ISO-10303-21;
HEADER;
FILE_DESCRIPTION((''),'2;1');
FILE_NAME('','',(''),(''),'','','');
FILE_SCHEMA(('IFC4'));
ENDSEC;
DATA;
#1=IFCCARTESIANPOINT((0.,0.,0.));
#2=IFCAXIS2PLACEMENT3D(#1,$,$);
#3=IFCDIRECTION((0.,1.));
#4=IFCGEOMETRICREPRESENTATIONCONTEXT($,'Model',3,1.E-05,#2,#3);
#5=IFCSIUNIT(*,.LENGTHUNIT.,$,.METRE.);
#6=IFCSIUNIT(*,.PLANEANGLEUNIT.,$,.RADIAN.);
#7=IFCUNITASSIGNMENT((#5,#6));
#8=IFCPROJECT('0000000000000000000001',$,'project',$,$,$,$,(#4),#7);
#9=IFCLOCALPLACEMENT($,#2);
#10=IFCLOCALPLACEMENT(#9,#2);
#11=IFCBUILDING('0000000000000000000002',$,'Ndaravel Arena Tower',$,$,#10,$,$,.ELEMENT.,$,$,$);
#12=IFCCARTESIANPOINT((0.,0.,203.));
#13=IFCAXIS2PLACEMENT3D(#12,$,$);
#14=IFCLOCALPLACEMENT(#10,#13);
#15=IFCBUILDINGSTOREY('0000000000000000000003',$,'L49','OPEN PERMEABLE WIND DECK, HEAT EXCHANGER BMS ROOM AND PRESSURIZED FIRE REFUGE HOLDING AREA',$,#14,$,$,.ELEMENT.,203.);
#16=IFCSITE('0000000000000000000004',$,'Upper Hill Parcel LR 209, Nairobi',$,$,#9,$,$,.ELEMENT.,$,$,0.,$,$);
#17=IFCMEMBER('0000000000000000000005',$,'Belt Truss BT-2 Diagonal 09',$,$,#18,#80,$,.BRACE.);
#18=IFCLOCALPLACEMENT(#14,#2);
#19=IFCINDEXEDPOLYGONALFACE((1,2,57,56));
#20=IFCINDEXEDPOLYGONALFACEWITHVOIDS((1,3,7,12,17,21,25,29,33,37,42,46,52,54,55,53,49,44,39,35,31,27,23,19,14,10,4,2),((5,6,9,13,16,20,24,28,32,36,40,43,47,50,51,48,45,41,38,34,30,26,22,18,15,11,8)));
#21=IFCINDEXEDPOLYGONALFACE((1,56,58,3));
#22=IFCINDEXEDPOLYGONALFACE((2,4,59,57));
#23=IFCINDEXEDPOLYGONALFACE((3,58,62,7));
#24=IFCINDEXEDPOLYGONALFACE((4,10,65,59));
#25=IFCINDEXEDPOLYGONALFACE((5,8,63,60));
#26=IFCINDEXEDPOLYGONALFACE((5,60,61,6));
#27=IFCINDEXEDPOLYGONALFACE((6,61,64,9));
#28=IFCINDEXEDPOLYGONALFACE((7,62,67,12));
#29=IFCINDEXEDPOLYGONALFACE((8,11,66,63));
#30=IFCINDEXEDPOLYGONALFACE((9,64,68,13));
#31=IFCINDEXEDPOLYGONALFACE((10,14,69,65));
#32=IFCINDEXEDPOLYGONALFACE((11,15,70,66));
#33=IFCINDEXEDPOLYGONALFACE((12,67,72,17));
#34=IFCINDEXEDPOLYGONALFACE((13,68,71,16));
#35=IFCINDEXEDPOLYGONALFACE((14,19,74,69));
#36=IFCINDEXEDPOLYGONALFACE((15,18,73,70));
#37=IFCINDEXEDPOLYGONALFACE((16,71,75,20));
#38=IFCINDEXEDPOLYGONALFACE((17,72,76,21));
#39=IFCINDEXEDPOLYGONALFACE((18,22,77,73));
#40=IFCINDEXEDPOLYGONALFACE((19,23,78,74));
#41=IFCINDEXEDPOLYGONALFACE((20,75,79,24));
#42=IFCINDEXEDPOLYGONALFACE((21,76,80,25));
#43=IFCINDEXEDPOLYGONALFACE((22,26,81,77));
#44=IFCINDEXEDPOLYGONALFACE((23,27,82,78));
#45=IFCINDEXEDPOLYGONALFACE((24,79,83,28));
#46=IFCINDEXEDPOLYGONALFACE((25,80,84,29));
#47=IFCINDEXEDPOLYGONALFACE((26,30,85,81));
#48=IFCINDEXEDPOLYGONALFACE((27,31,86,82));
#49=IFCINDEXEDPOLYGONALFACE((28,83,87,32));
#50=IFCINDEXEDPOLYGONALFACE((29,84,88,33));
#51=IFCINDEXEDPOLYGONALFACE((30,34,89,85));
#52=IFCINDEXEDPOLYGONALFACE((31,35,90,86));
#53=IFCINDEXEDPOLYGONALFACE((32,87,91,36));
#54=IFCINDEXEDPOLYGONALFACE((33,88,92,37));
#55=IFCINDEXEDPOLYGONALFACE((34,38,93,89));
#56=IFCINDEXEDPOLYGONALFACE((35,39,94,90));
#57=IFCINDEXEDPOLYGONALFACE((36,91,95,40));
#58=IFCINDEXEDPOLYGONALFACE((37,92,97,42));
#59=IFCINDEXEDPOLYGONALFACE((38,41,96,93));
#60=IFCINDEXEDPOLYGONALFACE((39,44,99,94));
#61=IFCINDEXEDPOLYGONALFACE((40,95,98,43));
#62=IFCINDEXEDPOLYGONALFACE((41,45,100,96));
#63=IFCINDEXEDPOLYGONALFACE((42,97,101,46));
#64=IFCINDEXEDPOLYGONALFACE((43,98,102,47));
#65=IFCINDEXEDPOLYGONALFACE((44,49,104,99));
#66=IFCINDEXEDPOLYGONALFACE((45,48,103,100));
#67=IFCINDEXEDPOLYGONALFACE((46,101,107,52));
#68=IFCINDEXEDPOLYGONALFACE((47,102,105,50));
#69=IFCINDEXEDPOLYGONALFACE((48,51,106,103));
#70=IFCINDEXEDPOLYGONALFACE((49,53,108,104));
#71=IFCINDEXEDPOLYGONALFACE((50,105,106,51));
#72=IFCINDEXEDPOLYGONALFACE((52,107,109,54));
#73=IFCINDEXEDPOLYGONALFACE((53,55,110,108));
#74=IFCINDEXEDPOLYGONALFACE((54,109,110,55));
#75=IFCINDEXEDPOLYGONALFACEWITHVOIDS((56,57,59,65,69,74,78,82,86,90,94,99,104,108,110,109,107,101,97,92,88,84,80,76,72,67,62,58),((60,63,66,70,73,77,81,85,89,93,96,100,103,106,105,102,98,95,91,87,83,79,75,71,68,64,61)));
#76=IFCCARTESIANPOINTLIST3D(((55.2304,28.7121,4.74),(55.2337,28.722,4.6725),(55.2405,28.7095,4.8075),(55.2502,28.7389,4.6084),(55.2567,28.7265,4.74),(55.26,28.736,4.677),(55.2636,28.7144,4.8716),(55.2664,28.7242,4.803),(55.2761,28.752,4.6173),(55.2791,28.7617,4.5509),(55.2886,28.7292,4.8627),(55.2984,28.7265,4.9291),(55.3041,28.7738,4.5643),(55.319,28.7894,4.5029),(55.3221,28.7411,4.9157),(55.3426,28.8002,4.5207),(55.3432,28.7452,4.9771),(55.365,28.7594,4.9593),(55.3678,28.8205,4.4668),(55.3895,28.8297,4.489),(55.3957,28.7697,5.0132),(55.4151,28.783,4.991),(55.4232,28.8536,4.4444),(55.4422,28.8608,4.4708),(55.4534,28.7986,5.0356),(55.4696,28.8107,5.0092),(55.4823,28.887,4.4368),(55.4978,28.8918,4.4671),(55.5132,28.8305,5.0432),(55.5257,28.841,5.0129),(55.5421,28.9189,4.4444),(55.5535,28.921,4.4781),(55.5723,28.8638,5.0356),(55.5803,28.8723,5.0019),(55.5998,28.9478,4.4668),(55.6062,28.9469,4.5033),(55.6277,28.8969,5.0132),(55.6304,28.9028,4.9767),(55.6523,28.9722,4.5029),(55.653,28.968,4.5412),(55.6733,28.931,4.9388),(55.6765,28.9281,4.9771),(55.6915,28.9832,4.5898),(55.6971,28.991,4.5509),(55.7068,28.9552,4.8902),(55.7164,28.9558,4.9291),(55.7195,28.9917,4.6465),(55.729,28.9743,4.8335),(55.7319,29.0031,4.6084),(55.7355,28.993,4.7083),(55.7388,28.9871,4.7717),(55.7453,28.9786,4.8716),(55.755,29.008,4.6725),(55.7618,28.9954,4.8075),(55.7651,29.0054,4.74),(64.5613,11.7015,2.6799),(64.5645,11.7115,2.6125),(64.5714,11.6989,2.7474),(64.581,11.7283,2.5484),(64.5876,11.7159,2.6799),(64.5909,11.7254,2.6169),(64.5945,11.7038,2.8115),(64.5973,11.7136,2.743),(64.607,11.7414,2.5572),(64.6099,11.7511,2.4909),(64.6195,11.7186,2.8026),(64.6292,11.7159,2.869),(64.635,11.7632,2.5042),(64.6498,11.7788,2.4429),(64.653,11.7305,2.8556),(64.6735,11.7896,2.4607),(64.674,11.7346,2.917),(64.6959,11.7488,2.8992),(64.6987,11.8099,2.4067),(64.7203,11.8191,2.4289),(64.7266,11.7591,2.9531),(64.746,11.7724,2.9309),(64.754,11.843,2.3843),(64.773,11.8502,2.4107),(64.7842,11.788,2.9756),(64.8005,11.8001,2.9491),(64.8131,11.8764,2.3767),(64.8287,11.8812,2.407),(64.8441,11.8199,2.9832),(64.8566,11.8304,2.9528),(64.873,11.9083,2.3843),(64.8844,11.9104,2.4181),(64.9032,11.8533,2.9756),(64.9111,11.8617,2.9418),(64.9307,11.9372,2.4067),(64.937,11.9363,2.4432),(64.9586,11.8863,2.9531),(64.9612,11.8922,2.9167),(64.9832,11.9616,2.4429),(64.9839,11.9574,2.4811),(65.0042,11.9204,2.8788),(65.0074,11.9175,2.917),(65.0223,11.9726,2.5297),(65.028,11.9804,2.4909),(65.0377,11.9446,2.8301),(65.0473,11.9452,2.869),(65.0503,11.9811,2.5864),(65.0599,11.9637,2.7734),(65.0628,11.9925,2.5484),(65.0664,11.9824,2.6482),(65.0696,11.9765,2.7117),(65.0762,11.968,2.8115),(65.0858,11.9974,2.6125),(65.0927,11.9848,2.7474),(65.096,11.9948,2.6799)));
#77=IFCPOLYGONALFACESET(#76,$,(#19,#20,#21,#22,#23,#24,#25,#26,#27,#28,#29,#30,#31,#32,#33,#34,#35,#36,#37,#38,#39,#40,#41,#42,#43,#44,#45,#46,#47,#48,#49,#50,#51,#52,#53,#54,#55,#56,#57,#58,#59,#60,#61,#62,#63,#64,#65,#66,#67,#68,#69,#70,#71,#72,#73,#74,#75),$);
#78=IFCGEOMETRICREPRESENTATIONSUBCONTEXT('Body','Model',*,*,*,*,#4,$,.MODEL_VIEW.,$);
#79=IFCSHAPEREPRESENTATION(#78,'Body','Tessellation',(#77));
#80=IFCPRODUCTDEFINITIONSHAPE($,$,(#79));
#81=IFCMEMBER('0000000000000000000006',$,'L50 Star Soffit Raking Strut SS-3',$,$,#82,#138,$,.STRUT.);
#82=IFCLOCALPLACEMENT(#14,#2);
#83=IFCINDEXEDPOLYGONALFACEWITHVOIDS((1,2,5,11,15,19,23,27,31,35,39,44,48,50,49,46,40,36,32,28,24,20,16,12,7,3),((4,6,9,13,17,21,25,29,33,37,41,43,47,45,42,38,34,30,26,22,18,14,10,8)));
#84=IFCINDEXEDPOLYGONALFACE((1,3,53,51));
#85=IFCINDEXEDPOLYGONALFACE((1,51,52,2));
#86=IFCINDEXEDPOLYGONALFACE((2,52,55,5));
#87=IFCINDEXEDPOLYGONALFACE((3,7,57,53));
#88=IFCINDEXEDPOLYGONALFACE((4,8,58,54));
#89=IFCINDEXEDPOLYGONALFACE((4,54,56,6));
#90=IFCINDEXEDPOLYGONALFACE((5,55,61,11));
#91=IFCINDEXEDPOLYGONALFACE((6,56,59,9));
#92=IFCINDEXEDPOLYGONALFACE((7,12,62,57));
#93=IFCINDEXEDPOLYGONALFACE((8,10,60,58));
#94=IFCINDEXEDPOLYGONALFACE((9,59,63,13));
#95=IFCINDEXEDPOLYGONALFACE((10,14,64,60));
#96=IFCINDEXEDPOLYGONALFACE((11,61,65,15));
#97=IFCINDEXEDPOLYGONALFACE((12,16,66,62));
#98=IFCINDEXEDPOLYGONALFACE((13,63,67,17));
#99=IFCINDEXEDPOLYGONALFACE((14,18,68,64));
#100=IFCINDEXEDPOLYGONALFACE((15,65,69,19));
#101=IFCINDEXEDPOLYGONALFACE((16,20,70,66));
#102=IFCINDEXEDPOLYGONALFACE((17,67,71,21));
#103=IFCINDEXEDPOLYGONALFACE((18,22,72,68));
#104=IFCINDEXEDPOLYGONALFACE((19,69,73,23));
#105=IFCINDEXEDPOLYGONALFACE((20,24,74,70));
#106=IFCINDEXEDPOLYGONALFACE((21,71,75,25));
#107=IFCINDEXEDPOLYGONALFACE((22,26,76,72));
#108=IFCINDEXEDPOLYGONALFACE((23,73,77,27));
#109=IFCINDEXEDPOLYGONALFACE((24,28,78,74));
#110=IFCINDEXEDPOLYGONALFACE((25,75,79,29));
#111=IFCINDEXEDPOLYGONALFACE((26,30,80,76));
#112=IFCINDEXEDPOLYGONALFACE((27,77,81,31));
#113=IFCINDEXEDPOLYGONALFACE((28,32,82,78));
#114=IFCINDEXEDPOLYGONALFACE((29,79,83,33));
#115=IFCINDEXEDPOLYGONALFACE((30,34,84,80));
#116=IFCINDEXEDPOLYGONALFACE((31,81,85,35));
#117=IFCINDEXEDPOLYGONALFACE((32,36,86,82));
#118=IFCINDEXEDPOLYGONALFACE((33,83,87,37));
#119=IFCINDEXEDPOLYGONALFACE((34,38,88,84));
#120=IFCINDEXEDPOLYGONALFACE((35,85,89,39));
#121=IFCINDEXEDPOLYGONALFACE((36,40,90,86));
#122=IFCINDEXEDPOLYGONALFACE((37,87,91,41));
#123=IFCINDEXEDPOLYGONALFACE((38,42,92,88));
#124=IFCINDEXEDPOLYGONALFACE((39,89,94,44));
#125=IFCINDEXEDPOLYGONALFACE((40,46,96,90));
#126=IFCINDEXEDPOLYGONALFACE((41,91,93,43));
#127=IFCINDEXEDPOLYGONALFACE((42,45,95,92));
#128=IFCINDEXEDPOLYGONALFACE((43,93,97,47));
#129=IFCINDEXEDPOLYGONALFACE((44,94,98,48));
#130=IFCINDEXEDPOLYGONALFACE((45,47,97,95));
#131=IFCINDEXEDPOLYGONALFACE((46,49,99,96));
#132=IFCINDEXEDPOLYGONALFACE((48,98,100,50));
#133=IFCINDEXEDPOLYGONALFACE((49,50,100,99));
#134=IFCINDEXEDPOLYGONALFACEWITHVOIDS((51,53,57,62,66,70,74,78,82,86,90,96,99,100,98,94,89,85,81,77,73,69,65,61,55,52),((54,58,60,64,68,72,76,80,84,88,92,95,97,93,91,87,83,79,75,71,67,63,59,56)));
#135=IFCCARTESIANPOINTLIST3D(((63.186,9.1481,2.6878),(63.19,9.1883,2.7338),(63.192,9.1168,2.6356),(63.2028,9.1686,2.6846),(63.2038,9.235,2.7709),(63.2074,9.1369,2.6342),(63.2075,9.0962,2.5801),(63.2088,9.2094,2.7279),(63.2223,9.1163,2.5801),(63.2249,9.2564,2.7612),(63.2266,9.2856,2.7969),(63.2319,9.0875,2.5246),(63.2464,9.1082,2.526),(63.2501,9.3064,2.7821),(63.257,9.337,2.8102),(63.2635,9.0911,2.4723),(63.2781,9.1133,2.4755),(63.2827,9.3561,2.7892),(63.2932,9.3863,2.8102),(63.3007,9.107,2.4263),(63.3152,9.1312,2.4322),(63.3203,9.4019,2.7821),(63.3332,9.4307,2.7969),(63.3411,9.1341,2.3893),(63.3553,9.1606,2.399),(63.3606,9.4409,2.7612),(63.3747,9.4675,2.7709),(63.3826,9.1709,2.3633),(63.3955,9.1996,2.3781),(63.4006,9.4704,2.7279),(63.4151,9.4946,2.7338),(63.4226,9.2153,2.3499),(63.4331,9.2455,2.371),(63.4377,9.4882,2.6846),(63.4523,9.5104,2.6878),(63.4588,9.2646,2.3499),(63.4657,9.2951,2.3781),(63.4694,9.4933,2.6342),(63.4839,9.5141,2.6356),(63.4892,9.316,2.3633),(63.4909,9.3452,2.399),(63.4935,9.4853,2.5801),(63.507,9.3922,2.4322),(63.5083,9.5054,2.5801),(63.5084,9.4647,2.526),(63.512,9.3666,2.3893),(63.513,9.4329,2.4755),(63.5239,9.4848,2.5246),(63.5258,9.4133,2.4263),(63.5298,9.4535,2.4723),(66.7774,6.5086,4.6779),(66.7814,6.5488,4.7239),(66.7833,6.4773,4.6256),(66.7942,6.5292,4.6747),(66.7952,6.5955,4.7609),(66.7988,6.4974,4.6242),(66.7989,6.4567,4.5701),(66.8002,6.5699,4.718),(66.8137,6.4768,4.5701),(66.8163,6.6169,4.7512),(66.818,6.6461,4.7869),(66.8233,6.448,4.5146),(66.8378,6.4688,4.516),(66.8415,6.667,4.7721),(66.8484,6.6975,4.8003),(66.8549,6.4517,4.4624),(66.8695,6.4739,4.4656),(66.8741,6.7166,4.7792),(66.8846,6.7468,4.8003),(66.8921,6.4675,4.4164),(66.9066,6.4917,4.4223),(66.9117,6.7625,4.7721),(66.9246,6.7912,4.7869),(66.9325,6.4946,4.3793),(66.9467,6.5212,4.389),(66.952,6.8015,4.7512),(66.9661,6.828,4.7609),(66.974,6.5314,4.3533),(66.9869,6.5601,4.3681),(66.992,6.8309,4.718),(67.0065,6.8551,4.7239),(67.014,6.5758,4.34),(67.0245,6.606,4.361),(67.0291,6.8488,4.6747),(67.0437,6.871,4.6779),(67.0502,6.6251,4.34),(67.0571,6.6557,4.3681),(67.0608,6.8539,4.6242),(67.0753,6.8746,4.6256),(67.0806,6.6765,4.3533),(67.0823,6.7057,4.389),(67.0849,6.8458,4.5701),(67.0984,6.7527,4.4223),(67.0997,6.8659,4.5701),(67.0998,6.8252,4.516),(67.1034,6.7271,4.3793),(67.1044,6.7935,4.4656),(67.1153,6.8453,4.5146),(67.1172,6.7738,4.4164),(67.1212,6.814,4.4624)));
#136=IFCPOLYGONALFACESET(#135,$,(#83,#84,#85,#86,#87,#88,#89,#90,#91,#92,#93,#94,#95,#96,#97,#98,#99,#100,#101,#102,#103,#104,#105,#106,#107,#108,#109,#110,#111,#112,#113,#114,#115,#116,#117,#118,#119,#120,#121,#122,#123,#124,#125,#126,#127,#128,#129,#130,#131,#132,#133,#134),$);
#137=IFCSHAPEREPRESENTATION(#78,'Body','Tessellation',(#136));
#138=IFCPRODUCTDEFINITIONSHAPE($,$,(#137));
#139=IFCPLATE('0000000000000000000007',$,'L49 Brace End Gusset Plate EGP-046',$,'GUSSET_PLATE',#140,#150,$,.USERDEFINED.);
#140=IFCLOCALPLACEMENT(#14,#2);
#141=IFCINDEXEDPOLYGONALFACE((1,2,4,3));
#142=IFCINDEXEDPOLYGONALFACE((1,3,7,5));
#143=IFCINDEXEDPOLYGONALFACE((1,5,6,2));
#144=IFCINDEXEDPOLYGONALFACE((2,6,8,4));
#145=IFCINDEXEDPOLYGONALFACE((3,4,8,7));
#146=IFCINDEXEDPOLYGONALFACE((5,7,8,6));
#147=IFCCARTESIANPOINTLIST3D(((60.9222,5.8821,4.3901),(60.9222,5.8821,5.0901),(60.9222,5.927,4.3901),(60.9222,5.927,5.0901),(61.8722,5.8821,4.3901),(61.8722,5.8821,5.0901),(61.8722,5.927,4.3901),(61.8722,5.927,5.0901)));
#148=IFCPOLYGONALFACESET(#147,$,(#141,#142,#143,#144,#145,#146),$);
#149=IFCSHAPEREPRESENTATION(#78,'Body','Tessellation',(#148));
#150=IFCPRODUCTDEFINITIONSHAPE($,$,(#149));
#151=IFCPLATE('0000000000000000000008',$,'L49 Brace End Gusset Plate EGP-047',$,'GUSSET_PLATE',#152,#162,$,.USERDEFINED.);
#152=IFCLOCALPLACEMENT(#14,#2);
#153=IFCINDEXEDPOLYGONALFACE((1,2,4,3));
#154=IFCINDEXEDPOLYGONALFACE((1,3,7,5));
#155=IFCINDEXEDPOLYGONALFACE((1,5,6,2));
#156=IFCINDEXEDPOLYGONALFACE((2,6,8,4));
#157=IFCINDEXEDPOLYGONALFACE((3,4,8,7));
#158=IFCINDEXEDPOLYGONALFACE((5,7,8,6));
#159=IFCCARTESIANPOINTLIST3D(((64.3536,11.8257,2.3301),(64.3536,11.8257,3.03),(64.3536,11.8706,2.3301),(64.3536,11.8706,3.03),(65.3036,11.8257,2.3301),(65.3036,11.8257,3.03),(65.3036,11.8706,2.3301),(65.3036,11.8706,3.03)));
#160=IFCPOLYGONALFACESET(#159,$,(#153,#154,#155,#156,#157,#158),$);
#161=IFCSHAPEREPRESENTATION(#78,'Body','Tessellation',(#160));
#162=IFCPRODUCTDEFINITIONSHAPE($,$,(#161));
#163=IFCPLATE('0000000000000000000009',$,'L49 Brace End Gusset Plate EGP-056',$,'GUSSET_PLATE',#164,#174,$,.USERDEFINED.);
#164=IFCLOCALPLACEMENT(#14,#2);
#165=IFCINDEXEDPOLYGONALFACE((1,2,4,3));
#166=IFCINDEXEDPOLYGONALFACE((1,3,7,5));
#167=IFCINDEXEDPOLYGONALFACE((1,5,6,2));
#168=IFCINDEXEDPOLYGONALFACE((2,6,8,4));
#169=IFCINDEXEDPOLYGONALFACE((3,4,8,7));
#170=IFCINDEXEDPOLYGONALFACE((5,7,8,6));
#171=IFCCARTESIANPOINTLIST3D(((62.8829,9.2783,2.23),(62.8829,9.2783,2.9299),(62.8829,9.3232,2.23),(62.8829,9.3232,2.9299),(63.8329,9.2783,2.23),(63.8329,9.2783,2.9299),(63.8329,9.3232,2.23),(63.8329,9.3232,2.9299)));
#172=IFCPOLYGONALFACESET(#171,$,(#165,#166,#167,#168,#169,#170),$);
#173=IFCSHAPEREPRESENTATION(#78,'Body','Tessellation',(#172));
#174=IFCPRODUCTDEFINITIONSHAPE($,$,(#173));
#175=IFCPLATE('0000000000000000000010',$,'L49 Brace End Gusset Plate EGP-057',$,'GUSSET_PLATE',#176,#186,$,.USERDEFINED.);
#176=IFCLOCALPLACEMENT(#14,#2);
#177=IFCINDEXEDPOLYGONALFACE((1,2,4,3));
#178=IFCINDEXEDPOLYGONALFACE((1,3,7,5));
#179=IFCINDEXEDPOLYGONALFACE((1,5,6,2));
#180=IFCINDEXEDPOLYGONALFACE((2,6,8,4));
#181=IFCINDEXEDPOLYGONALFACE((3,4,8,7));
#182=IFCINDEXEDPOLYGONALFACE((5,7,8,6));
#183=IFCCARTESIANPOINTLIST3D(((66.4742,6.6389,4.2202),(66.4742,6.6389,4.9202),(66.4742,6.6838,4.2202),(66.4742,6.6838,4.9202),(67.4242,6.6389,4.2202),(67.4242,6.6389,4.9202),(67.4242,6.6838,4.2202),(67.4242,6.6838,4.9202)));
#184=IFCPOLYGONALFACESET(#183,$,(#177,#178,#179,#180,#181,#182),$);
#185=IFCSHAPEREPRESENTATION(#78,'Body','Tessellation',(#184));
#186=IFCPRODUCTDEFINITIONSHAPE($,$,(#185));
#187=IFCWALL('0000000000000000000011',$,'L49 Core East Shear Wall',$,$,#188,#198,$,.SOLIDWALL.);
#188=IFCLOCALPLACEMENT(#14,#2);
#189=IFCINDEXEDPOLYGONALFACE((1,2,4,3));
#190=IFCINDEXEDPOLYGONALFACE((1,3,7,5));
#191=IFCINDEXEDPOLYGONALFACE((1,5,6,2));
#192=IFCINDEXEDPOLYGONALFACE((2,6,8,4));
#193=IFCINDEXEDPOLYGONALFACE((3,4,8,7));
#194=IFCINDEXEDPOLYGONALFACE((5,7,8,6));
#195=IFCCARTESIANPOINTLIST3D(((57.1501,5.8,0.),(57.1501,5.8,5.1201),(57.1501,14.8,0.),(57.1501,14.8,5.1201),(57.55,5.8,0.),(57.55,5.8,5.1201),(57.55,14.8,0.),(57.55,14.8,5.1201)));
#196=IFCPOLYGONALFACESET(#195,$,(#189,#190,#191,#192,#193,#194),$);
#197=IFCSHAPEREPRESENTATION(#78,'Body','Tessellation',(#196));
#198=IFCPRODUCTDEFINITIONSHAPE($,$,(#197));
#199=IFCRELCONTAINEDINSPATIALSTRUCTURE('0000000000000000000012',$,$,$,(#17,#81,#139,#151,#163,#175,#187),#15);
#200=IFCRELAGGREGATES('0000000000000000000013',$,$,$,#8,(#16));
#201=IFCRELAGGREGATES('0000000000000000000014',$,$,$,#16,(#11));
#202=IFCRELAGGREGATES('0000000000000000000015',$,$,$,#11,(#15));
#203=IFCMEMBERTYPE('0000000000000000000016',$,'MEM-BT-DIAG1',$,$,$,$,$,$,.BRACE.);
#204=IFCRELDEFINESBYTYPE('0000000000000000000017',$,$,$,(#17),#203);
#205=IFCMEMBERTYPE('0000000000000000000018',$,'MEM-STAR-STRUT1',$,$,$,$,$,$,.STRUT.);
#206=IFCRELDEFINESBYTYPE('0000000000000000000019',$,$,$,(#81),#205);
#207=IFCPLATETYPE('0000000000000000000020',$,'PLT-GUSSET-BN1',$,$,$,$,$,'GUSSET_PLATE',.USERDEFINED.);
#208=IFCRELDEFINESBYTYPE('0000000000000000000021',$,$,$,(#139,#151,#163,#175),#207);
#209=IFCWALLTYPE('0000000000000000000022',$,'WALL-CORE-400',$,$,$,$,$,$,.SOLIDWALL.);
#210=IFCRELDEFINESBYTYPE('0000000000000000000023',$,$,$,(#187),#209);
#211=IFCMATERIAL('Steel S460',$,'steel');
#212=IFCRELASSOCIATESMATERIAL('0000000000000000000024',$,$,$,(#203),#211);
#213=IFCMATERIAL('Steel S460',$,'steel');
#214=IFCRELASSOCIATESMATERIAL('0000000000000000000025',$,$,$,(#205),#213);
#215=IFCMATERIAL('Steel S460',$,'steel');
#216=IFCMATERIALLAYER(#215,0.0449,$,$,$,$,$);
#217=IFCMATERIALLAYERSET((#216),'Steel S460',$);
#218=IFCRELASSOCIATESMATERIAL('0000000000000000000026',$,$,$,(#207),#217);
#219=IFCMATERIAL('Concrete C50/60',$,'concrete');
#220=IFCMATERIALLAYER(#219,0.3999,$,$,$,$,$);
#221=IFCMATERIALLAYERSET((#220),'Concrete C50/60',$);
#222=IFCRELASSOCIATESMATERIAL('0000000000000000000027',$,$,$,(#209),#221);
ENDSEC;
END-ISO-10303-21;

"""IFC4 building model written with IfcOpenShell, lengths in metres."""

from ifc_helpers import new_model, si_unit, direction, frame, frame_2d, origin, origin_2d, place, context, subcontext, project, spatial, rectangle, hollow_circle, extrude, material, layer, layer_set, material_profile, profile_set, type_object, element, save


model = new_model("IFC4")

# Units and contexts
model_context = context("Model", 3, precision=1e-05, world=origin(), true_north=direction((0.0, 1.0)))
body_context = subcontext(model_context, "Body", "Model", "MODEL_VIEW")
ifc_project = project(units=[si_unit("LENGTHUNIT", "METRE"), si_unit("PLANEANGLEUNIT", "RADIAN")], contexts=[model_context])

# Site, building, storey
site_placement = place(None, origin())
site = spatial("IfcSite", under=ifc_project, at=site_placement, Name="Upper Hill Parcel LR 209, Nairobi", CompositionType="ELEMENT", RefElevation=0.0)
building_placement = place(site_placement, origin())
building = spatial("IfcBuilding", under=site, at=building_placement, Name="Ndaravel Arena Tower", CompositionType="ELEMENT")
storey_placement = place(building_placement, frame((0.0, 0.0, 203.0)))
storey = spatial("IfcBuildingStorey", under=building, at=storey_placement, Name="L49", Description="OPEN PERMEABLE WIND DECK, HEAT EXCHANGER BMS ROOM AND PRESSURIZED FIRE REFUGE HOLDING AREA", CompositionType="ELEMENT", Elevation=203.0)

# Members
ifc_material_1 = material(Name="Steel S460", Category="steel")
ifc_material_profile_1 = material_profile(ifc_material_1, hollow_circle(Radius=0.3049, WallThickness=0.03, at=origin_2d()), Name="CHS 610x30")
ifc_profile_set_1 = profile_set([ifc_material_profile_1], Name="Steel S460")
member_type_1 = type_object("IfcMemberType", Name="MEM-BT-DIAG1", PredefinedType="BRACE", material=ifc_profile_set_1)
member_1_placement = place(storey_placement, frame((64.8286, 11.8481, 2.6799), z_axis=(-0.478242, 0.871858, 0.105586), x_axis=(-0.876759, -0.480931, 0.0)))
element("IfcMember", 1, at=member_1_placement, inside=storey, type_object=member_type_1, Name="Belt Truss BT-2 Diagonal 09", PredefinedType="BRACE", context=body_context, shape_type="SweptSolid", body=[
    extrude(hollow_circle(Radius=0.3049, WallThickness=0.03, at=origin_2d()), origin(), (0.0, 0.0, 1.0), 19.5107),
])
ifc_material_2 = material(Name="Steel S460", Category="steel")
ifc_material_profile_2 = material_profile(ifc_material_2, hollow_circle(Radius=0.2539, WallThickness=0.0249, at=origin_2d()), Name="CHS 508x25")
ifc_profile_set_2 = profile_set([ifc_material_profile_2], Name="Steel S460")
member_type_2 = type_object("IfcMemberType", Name="MEM-STAR-STRUT1", PredefinedType="STRUT", material=ifc_profile_set_2)
member_2_placement = place(storey_placement, frame((63.3579, 9.3008, 2.5801), z_axis=(0.735775, -0.540752, 0.407703), x_axis=(0.592206, 0.805786, 0.0)))
element("IfcMember", 2, at=member_2_placement, inside=storey, type_object=member_type_2, Name="L50 Star Soffit Raking Strut SS-3", PredefinedType="STRUT", context=body_context, shape_type="SweptSolid", body=[
    extrude(hollow_circle(Radius=0.2539, WallThickness=0.0249, at=origin_2d()), origin(), (0.0, 0.0, 1.0), 4.8811),
])

# Plates
ifc_material_3 = material(Name="Steel S460", Category="steel")
ifc_layer_1 = layer(ifc_material_3, 0.0449)
ifc_layer_set_1 = layer_set([ifc_layer_1], Name="Steel S460")
plate_type = type_object("IfcPlateType", Name="PLT-GUSSET-BN1", ElementType="GUSSET_PLATE", PredefinedType="USERDEFINED", material=ifc_layer_set_1)
for number, where, z_axis, x_axis, name in (
    (3, (61.3972, 5.9045, 4.3901), (0.0, 0.0, 1.0), (1.0, 0.0, 0.0), "L49 Brace End Gusset Plate EGP-046"),
    (4, (64.8286, 11.8481, 2.3301), (0.0, 0.0, 1.0), (1.0, 0.0, 0.0), "L49 Brace End Gusset Plate EGP-047"),
    (5, (63.3579, 9.3008, 2.23), (0.0, 0.0, 1.0), (1.0, 0.0, 0.0), "L49 Brace End Gusset Plate EGP-056"),
    (6, (66.9492, 6.6614, 4.2202), (0.0, 0.0, 1.0), (1.0, 0.0, 0.0), "L49 Brace End Gusset Plate EGP-057"),
):
    element("IfcPlate", number, at=place(storey_placement, frame(where, z_axis=z_axis, x_axis=x_axis)), inside=storey, type_object=plate_type, Name=name, ObjectType="GUSSET_PLATE", PredefinedType="USERDEFINED", context=body_context, shape_type="SweptSolid", body=[
        extrude(rectangle(XDim=0.95, YDim=0.0449, at=origin_2d()), origin(), (0.0, 0.0, 1.0), 0.7),
    ])

# Wall
ifc_material_4 = material(Name="Concrete C50/60", Category="concrete")
ifc_layer_2 = layer(ifc_material_4, 0.3999)
ifc_layer_set_2 = layer_set([ifc_layer_2], Name="Concrete C50/60")
wall_type = type_object("IfcWallType", Name="WALL-CORE-400", PredefinedType="SOLIDWALL", material=ifc_layer_set_2)
wall_placement = place(storey_placement, frame((57.3501, 5.8, 0.0), z_axis=(0.0, 0.0, 1.0), x_axis=(0.0, 1.0, 0.0)))
element("IfcWall", 7, at=wall_placement, inside=storey, type_object=wall_type, Name="L49 Core East Shear Wall", PredefinedType="SOLIDWALL", context=body_context, shape_type="SweptSolid", body=[
    extrude(rectangle(XDim=9.0, YDim=0.3999, at=frame_2d((4.5, 0.0))), origin(), (0.0, 0.0, 1.0), 5.1201),
])

save(model, "model.ifc")
